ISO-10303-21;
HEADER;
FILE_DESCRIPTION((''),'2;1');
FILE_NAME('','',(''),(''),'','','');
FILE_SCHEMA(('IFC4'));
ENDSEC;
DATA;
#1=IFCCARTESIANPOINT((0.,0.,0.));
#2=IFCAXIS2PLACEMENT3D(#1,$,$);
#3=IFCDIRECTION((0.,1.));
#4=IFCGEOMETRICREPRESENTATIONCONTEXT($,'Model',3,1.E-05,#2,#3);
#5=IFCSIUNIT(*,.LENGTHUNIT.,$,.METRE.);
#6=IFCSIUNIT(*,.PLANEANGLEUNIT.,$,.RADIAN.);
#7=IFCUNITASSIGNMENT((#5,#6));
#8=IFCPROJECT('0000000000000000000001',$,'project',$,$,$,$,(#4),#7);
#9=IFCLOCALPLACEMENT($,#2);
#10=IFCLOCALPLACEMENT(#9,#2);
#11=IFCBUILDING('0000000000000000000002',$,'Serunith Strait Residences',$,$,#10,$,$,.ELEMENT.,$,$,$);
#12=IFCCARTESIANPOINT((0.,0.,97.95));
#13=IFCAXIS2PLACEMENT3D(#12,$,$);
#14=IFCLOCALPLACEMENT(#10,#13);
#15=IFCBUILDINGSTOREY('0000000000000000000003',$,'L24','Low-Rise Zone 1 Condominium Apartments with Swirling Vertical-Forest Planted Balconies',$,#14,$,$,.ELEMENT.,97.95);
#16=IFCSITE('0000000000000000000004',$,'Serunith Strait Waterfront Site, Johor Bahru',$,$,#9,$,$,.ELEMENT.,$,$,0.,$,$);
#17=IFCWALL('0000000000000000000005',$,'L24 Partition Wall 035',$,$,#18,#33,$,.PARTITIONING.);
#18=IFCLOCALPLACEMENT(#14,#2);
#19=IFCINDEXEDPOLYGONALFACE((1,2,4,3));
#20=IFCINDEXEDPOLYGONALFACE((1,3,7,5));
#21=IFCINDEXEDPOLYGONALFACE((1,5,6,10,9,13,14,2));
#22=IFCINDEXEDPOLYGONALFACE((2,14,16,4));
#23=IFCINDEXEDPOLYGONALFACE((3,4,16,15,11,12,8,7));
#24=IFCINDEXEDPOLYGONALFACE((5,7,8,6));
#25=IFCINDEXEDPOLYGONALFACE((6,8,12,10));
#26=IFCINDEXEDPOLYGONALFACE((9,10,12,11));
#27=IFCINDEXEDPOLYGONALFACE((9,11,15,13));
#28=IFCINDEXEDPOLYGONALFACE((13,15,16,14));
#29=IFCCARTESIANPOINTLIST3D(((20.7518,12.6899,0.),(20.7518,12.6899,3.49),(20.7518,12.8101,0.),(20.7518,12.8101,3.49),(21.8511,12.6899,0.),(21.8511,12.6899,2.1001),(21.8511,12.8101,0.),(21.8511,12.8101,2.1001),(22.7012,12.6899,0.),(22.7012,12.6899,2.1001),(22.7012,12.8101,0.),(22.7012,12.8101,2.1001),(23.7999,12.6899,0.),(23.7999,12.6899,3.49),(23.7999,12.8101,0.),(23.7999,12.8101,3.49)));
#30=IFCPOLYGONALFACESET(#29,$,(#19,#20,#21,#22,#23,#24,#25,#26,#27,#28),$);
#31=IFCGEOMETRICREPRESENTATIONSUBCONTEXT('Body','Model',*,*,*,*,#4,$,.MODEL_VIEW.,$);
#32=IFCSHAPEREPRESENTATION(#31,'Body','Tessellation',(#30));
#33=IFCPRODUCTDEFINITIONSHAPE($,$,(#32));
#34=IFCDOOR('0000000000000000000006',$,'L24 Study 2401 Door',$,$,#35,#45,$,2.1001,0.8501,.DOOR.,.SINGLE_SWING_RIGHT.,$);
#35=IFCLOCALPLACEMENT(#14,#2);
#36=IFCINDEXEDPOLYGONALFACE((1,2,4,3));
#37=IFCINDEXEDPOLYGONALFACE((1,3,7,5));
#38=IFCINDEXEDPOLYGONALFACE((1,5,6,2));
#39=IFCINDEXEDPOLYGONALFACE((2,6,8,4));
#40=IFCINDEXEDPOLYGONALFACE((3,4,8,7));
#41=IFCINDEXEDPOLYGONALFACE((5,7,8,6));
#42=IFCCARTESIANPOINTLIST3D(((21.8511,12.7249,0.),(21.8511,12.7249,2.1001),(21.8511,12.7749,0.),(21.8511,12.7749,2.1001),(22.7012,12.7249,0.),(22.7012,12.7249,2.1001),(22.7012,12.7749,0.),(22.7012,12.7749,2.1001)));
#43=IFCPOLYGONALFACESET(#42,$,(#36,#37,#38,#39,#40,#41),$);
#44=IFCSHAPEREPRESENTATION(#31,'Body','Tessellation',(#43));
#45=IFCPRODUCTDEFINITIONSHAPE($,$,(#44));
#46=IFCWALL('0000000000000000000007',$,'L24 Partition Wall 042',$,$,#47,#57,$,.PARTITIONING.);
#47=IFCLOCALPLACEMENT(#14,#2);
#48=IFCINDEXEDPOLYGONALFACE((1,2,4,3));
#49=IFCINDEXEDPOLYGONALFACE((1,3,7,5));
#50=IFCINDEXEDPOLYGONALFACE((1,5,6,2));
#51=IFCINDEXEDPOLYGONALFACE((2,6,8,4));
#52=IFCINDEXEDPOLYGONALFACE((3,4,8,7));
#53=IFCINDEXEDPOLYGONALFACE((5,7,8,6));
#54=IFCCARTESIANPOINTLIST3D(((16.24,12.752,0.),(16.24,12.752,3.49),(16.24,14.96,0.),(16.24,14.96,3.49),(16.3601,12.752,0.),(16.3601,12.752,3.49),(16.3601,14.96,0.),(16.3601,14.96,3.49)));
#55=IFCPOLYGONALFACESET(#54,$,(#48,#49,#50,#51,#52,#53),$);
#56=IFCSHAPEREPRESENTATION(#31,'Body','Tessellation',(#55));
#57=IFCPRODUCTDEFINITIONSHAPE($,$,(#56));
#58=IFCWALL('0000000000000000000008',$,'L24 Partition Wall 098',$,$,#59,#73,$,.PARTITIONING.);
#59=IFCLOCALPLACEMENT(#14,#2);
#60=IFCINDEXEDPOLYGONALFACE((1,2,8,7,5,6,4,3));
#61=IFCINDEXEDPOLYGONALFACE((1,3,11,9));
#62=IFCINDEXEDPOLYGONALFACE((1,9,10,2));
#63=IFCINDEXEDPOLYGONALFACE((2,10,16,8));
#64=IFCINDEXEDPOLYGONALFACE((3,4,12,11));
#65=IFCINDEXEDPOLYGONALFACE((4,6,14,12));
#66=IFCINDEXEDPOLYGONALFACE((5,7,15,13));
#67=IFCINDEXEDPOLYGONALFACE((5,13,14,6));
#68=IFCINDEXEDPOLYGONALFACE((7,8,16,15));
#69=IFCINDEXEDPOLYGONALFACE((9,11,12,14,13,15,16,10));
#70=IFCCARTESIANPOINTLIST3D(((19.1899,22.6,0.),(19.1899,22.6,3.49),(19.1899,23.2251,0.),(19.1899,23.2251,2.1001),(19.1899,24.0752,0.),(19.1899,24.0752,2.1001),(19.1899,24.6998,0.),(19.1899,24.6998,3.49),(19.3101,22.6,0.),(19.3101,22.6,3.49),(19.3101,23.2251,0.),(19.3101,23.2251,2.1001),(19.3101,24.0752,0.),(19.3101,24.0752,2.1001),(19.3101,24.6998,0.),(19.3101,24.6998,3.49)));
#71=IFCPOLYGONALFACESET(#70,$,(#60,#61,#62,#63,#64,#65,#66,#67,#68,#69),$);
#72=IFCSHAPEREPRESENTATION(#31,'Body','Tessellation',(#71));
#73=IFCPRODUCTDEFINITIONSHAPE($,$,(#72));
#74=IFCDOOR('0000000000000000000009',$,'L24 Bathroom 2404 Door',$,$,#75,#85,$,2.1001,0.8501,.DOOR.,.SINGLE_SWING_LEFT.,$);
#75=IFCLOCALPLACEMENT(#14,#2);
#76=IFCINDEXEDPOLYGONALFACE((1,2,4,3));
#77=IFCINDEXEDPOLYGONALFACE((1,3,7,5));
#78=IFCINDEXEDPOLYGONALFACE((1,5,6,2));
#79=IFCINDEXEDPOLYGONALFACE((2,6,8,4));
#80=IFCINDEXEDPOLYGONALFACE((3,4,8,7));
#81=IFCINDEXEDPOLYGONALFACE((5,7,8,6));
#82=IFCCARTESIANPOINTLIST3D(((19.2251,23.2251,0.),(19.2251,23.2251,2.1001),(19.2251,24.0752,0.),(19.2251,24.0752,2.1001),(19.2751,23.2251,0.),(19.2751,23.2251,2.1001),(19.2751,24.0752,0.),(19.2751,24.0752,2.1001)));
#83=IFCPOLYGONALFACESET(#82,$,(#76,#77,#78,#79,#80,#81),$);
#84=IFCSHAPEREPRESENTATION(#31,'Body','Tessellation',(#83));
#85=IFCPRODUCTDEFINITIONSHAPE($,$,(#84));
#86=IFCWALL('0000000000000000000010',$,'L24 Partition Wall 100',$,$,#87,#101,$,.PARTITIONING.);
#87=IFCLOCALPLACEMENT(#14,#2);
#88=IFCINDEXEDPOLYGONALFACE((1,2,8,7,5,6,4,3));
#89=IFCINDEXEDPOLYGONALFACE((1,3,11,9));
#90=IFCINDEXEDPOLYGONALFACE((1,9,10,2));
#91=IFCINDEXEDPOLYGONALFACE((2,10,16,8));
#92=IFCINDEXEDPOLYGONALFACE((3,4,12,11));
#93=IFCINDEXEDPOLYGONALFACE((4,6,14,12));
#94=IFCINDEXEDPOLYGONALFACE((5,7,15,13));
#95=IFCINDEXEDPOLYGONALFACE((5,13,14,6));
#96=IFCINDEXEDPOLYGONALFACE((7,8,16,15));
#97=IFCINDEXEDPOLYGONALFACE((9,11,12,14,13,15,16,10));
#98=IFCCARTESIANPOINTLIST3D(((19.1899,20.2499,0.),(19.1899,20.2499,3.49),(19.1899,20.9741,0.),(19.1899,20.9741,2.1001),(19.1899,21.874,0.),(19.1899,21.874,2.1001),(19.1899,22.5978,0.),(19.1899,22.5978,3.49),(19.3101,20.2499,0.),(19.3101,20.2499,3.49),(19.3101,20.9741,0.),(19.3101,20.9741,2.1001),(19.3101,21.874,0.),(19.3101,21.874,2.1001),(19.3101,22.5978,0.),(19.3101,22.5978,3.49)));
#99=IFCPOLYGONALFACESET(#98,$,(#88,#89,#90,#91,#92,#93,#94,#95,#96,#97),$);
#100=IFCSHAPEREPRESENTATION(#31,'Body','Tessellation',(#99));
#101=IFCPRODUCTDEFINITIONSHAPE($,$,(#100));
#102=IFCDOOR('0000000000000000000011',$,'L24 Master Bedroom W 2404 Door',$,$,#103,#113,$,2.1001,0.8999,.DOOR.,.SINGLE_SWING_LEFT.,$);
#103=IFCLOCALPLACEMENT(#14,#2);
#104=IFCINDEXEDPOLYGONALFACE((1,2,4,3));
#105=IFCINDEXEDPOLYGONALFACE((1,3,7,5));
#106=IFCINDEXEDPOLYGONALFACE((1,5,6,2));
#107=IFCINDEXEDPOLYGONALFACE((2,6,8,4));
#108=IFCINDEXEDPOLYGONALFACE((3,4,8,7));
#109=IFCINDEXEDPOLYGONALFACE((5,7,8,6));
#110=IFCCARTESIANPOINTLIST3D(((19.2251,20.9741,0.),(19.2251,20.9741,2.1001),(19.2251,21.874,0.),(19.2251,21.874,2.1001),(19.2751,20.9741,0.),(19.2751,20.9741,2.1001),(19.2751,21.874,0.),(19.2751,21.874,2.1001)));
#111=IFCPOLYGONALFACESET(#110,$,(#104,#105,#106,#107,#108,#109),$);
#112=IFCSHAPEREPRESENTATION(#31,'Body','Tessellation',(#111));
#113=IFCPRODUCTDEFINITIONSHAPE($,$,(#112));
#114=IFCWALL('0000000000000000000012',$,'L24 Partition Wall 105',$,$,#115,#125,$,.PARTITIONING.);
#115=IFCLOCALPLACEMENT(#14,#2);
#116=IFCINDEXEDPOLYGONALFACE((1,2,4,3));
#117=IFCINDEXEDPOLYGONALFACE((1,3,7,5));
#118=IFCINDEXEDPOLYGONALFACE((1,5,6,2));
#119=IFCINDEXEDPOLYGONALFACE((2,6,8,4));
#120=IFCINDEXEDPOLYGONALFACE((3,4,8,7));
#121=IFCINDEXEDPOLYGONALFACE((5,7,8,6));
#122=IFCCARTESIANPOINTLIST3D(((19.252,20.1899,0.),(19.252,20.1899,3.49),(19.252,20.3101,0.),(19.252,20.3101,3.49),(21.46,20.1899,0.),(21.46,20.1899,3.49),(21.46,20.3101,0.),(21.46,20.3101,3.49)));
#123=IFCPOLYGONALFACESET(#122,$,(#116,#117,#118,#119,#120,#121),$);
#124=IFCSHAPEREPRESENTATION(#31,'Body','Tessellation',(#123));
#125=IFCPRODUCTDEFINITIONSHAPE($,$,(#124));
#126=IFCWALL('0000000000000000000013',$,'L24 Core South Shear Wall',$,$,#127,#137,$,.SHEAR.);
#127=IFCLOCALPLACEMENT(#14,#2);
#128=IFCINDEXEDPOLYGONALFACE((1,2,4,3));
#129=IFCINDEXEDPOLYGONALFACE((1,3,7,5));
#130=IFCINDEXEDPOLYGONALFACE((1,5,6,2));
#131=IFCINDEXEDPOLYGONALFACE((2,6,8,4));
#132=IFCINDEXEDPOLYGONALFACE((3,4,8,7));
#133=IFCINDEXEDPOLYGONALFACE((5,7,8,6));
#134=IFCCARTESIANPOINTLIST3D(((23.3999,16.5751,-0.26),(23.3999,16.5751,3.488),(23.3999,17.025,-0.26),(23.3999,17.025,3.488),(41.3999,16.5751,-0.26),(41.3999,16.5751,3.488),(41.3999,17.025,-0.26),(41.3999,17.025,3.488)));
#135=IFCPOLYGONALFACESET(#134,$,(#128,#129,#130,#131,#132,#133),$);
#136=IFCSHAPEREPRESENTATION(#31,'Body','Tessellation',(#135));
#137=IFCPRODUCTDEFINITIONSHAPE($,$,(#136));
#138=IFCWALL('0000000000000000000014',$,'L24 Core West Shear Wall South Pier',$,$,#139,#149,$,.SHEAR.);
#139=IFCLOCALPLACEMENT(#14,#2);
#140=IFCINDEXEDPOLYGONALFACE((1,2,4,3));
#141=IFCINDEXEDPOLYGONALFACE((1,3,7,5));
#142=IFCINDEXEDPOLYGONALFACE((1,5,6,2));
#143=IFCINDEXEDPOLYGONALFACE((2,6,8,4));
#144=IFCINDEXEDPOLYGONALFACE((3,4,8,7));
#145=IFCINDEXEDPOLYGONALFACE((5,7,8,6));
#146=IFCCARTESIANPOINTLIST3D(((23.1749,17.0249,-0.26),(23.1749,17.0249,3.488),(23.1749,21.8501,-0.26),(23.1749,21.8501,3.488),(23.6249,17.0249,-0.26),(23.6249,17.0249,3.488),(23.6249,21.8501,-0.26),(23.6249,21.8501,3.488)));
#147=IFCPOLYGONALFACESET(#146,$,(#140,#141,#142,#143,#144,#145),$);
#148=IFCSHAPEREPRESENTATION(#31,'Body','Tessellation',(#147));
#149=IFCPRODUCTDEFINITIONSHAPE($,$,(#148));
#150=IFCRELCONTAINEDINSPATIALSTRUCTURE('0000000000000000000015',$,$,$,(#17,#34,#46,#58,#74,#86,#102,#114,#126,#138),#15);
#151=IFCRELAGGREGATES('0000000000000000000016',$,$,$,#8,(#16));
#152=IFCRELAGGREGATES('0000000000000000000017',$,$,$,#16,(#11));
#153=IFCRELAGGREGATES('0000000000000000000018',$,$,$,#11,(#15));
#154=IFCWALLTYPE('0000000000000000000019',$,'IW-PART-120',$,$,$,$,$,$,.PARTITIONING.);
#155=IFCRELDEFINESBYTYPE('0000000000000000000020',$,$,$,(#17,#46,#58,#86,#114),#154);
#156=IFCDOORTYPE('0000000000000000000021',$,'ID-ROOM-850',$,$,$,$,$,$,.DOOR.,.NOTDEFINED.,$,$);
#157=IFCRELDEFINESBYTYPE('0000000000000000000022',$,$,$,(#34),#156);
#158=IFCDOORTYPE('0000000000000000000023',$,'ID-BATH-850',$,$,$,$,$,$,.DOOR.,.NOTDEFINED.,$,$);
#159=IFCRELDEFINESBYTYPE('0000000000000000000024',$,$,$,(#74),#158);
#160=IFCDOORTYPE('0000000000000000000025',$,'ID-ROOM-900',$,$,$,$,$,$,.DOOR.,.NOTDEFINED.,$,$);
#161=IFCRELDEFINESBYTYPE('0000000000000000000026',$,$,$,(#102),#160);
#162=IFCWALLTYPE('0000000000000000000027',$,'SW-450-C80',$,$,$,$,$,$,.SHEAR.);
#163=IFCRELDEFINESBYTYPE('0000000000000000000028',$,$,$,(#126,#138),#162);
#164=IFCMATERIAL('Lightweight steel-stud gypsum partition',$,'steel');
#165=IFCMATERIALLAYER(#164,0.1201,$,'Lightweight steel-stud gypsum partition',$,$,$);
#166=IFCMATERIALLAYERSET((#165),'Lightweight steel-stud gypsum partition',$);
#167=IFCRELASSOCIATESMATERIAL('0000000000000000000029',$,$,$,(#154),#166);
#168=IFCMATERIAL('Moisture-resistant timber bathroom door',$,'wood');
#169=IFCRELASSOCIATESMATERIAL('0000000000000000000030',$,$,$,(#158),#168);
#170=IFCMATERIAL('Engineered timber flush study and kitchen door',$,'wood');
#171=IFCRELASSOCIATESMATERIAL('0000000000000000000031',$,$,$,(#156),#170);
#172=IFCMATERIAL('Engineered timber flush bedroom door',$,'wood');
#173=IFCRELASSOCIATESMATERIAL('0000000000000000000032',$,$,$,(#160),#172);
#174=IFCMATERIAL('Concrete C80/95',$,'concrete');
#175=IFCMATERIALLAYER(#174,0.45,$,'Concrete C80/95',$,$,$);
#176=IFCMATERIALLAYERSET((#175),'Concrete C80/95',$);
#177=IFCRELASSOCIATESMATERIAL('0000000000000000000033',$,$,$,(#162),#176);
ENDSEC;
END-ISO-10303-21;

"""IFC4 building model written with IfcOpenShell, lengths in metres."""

from ifc_helpers import new_model, si_unit, direction, frame, frame_2d, origin, place, context, subcontext, project, spatial, rectangle, extrude, source, transform, mapped, material, layer, layer_set, type_object, element, fill, save


model = new_model("IFC4")

# Units and contexts
model_context = context("Model", 3, precision=1e-05, world=origin(), true_north=direction((0.0, 1.0)))
body_context = subcontext(model_context, "Body", "Model", "MODEL_VIEW")
ifc_project = project(units=[si_unit("LENGTHUNIT", "METRE"), si_unit("PLANEANGLEUNIT", "RADIAN")], contexts=[model_context])

# Site, building, storey
site_placement = place(None, origin())
site = spatial("IfcSite", under=ifc_project, at=site_placement, Name="Serunith Strait Waterfront Site, Johor Bahru", CompositionType="ELEMENT", RefElevation=0.0)
building_placement = place(site_placement, origin())
building = spatial("IfcBuilding", under=site, at=building_placement, Name="Serunith Strait Residences", CompositionType="ELEMENT")
storey_placement = place(building_placement, frame((0.0, 0.0, 97.95)))
storey = spatial("IfcBuildingStorey", under=building, at=storey_placement, Name="L24", Description="Low-Rise Zone 1 Condominium Apartments with Swirling Vertical-Forest Planted Balconies", CompositionType="ELEMENT", Elevation=97.95)

# Wall, opening, door
ifc_material_1 = material(Name="Lightweight steel-stud gypsum partition", Category="steel")
ifc_layer_1 = layer(ifc_material_1, 0.1201, Name="Lightweight steel-stud gypsum partition")
ifc_layer_set_1 = layer_set([ifc_layer_1], Name="Lightweight steel-stud gypsum partition")
wall_type_1 = type_object("IfcWallType", Name="IW-PART-120", PredefinedType="PARTITIONING", material=ifc_layer_set_1)
ifc_material_2 = material(Name="Moisture-resistant timber bathroom door", Category="wood")
door_type_1 = type_object("IfcDoorType", Name="ID-BATH-850", OperationType="NOTDEFINED", PredefinedType="DOOR", material=ifc_material_2)
shared_shape_1 = source(origin(), body_context, "Body", "SweptSolid", [
    extrude(rectangle(XDim=0.8501, YDim=2.1001, at=frame_2d((0.425, 1.05))), frame((0.0, 0.0249, 0.0), z_axis=(0.0, -1.0, 0.0), x_axis=(1.0, 0.0, 0.0)), (0.0, 0.0, 1.0), 0.05),
])
wall_1_placement = place(storey_placement, frame((20.752, 12.75, 0.0), z_axis=(0.0, 0.0, 1.0), x_axis=(1.0, 0.0, 0.0)))
wall_1 = element("IfcWall", 1, at=wall_1_placement, inside=storey, type_object=wall_type_1, Name="L24 Partition Wall 035", PredefinedType="PARTITIONING", context=body_context, shape_type="SweptSolid", body=[
    extrude(rectangle(XDim=3.0481, YDim=0.1201, at=frame_2d((1.5239, 0.0))), origin(), (0.0, 0.0, 1.0), 3.49),
])
opening_1_placement = place(wall_1_placement, frame((1.0991, 0.0, 0.0)))
opening_1 = element("IfcOpeningElement", 2, at=opening_1_placement, cuts=wall_1, PredefinedType="OPENING", context=body_context, shape_type="SweptSolid", body=[
    extrude(rectangle(XDim=0.8501, YDim=2.1001, at=frame_2d((0.425, 1.05))), frame((0.0, 0.0701, 0.0), z_axis=(0.0, -1.0, 0.0), x_axis=(1.0, 0.0, 0.0)), (0.0, 0.0, 1.0), 0.1401),
])
ifc_material_3 = material(Name="Engineered timber flush study and kitchen door", Category="wood")
door_type_2 = type_object("IfcDoorType", Name="ID-ROOM-850", OperationType="NOTDEFINED", PredefinedType="DOOR", material=ifc_material_3)
door_1_placement = place(opening_1_placement, origin())
door_1 = element("IfcDoor", 3, at=door_1_placement, inside=storey, type_object=door_type_2, Name="L24 Study 2401 Door", OperationType="SINGLE_SWING_RIGHT", OverallHeight=2.1001, OverallWidth=0.8501, PredefinedType="DOOR", context=body_context, shape_type="MappedRepresentation", body=[
    mapped(shared_shape_1, transform((0.0, 0.0, 0.0), scale=1.0)),
])
fill(opening_1, door_1)

# Wall
wall_2_placement = place(storey_placement, frame((16.3, 12.752, 0.0), z_axis=(0.0, 0.0, 1.0), x_axis=(0.0, 1.0, 0.0)))
element("IfcWall", 4, at=wall_2_placement, inside=storey, type_object=wall_type_1, Name="L24 Partition Wall 042", PredefinedType="PARTITIONING", context=body_context, shape_type="SweptSolid", body=[
    extrude(rectangle(XDim=2.208, YDim=0.1201, at=frame_2d((1.104, 0.0))), origin(), (0.0, 0.0, 1.0), 3.49),
])

# Walls, openings, doors
wall_3_placement = place(storey_placement, frame((19.25, 22.6001, 0.0), z_axis=(0.0, 0.0, 1.0), x_axis=(0.0, 1.0, 0.0)))
wall_3 = element("IfcWall", 5, at=wall_3_placement, inside=storey, type_object=wall_type_1, Name="L24 Partition Wall 098", PredefinedType="PARTITIONING", context=body_context, shape_type="SweptSolid", body=[
    extrude(rectangle(XDim=2.0999, YDim=0.1201, at=frame_2d((1.0498, 0.0))), origin(), (0.0, 0.0, 1.0), 3.49),
])
opening_2_placement = place(wall_3_placement, frame((0.625, 0.0, 0.0)))
opening_2 = element("IfcOpeningElement", 6, at=opening_2_placement, cuts=wall_3, PredefinedType="OPENING", context=body_context, shape_type="SweptSolid", body=[
    extrude(rectangle(XDim=0.8501, YDim=2.1001, at=frame_2d((0.425, 1.05))), frame((0.0, 0.0701, 0.0), z_axis=(0.0, -1.0, 0.0), x_axis=(1.0, 0.0, 0.0)), (0.0, 0.0, 1.0), 0.1401),
])
door_2_placement = place(opening_2_placement, origin())
door_2 = element("IfcDoor", 7, at=door_2_placement, inside=storey, type_object=door_type_1, Name="L24 Bathroom 2404 Door", OperationType="SINGLE_SWING_LEFT", OverallHeight=2.1001, OverallWidth=0.8501, PredefinedType="DOOR", context=body_context, shape_type="MappedRepresentation", body=[
    mapped(shared_shape_1, transform((0.0, 0.0, 0.0), scale=1.0)),
])
fill(opening_2, door_2)
wall_4_placement = place(storey_placement, frame((19.25, 20.25, 0.0), z_axis=(0.0, 0.0, 1.0), x_axis=(0.0, 1.0, 0.0)))
wall_4 = element("IfcWall", 8, at=wall_4_placement, inside=storey, type_object=wall_type_1, Name="L24 Partition Wall 100", PredefinedType="PARTITIONING", context=body_context, shape_type="SweptSolid", body=[
    extrude(rectangle(XDim=2.3479, YDim=0.1201, at=frame_2d((1.1738, 0.0))), origin(), (0.0, 0.0, 1.0), 3.49),
])
opening_3_placement = place(wall_4_placement, frame((0.7241, 0.0, 0.0)))
opening_3 = element("IfcOpeningElement", 9, at=opening_3_placement, cuts=wall_4, PredefinedType="OPENING", context=body_context, shape_type="SweptSolid", body=[
    extrude(rectangle(XDim=0.8999, YDim=2.1001, at=frame_2d((0.45, 1.05))), frame((0.0, 0.0701, 0.0), z_axis=(0.0, -1.0, 0.0), x_axis=(1.0, 0.0, 0.0)), (0.0, 0.0, 1.0), 0.1401),
])
ifc_material_4 = material(Name="Engineered timber flush bedroom door", Category="wood")
door_type_3 = type_object("IfcDoorType", Name="ID-ROOM-900", OperationType="NOTDEFINED", PredefinedType="DOOR", material=ifc_material_4)
shared_shape_2 = source(origin(), body_context, "Body", "SweptSolid", [
    extrude(rectangle(XDim=0.8999, YDim=2.1001, at=frame_2d((0.45, 1.05))), frame((0.0, 0.0249, 0.0), z_axis=(0.0, -1.0, 0.0), x_axis=(1.0, 0.0, 0.0)), (0.0, 0.0, 1.0), 0.05),
])
door_3_placement = place(opening_3_placement, origin())
door_3 = element("IfcDoor", 10, at=door_3_placement, inside=storey, type_object=door_type_3, Name="L24 Master Bedroom W 2404 Door", OperationType="SINGLE_SWING_LEFT", OverallHeight=2.1001, OverallWidth=0.8999, PredefinedType="DOOR", context=body_context, shape_type="MappedRepresentation", body=[
    mapped(shared_shape_2, transform((0.0, 0.0, 0.0), scale=1.0)),
])
fill(opening_3, door_3)

# Wall
wall_5_placement = place(storey_placement, frame((19.252, 20.25, 0.0), z_axis=(0.0, 0.0, 1.0), x_axis=(1.0, 0.0, 0.0)))
element("IfcWall", 11, at=wall_5_placement, inside=storey, type_object=wall_type_1, Name="L24 Partition Wall 105", PredefinedType="PARTITIONING", context=body_context, shape_type="SweptSolid", body=[
    extrude(rectangle(XDim=2.208, YDim=0.1201, at=frame_2d((1.104, 0.0))), origin(), (0.0, 0.0, 1.0), 3.49),
])

# Walls
ifc_material_5 = material(Name="Concrete C80/95", Category="concrete")
ifc_layer_2 = layer(ifc_material_5, 0.45, Name="Concrete C80/95")
ifc_layer_set_2 = layer_set([ifc_layer_2], Name="Concrete C80/95")
wall_type_2 = type_object("IfcWallType", Name="SW-450-C80", PredefinedType="SHEAR", material=ifc_layer_set_2)
wall_6_placement = place(storey_placement, frame((23.3999, 16.8, -0.26), z_axis=(0.0, 0.0, 1.0), x_axis=(1.0, 0.0, 0.0)))
element("IfcWall", 12, at=wall_6_placement, inside=storey, type_object=wall_type_2, Name="L24 Core South Shear Wall", PredefinedType="SHEAR", context=body_context, shape_type="SweptSolid", body=[
    extrude(rectangle(XDim=18.0, YDim=0.45, at=frame_2d((9.0, 0.0))), origin(), (0.0, 0.0, 1.0), 3.748),
])
wall_7_placement = place(storey_placement, frame((23.3999, 17.0249, -0.26), z_axis=(0.0, 0.0, 1.0), x_axis=(0.0, 1.0, 0.0)))
element("IfcWall", 13, at=wall_7_placement, inside=storey, type_object=wall_type_2, Name="L24 Core West Shear Wall South Pier", PredefinedType="SHEAR", context=body_context, shape_type="SweptSolid", body=[
    extrude(rectangle(XDim=4.8252, YDim=0.45, at=frame_2d((2.4126, 0.0))), origin(), (0.0, 0.0, 1.0), 3.748),
])

save(model, "model.ifc")
